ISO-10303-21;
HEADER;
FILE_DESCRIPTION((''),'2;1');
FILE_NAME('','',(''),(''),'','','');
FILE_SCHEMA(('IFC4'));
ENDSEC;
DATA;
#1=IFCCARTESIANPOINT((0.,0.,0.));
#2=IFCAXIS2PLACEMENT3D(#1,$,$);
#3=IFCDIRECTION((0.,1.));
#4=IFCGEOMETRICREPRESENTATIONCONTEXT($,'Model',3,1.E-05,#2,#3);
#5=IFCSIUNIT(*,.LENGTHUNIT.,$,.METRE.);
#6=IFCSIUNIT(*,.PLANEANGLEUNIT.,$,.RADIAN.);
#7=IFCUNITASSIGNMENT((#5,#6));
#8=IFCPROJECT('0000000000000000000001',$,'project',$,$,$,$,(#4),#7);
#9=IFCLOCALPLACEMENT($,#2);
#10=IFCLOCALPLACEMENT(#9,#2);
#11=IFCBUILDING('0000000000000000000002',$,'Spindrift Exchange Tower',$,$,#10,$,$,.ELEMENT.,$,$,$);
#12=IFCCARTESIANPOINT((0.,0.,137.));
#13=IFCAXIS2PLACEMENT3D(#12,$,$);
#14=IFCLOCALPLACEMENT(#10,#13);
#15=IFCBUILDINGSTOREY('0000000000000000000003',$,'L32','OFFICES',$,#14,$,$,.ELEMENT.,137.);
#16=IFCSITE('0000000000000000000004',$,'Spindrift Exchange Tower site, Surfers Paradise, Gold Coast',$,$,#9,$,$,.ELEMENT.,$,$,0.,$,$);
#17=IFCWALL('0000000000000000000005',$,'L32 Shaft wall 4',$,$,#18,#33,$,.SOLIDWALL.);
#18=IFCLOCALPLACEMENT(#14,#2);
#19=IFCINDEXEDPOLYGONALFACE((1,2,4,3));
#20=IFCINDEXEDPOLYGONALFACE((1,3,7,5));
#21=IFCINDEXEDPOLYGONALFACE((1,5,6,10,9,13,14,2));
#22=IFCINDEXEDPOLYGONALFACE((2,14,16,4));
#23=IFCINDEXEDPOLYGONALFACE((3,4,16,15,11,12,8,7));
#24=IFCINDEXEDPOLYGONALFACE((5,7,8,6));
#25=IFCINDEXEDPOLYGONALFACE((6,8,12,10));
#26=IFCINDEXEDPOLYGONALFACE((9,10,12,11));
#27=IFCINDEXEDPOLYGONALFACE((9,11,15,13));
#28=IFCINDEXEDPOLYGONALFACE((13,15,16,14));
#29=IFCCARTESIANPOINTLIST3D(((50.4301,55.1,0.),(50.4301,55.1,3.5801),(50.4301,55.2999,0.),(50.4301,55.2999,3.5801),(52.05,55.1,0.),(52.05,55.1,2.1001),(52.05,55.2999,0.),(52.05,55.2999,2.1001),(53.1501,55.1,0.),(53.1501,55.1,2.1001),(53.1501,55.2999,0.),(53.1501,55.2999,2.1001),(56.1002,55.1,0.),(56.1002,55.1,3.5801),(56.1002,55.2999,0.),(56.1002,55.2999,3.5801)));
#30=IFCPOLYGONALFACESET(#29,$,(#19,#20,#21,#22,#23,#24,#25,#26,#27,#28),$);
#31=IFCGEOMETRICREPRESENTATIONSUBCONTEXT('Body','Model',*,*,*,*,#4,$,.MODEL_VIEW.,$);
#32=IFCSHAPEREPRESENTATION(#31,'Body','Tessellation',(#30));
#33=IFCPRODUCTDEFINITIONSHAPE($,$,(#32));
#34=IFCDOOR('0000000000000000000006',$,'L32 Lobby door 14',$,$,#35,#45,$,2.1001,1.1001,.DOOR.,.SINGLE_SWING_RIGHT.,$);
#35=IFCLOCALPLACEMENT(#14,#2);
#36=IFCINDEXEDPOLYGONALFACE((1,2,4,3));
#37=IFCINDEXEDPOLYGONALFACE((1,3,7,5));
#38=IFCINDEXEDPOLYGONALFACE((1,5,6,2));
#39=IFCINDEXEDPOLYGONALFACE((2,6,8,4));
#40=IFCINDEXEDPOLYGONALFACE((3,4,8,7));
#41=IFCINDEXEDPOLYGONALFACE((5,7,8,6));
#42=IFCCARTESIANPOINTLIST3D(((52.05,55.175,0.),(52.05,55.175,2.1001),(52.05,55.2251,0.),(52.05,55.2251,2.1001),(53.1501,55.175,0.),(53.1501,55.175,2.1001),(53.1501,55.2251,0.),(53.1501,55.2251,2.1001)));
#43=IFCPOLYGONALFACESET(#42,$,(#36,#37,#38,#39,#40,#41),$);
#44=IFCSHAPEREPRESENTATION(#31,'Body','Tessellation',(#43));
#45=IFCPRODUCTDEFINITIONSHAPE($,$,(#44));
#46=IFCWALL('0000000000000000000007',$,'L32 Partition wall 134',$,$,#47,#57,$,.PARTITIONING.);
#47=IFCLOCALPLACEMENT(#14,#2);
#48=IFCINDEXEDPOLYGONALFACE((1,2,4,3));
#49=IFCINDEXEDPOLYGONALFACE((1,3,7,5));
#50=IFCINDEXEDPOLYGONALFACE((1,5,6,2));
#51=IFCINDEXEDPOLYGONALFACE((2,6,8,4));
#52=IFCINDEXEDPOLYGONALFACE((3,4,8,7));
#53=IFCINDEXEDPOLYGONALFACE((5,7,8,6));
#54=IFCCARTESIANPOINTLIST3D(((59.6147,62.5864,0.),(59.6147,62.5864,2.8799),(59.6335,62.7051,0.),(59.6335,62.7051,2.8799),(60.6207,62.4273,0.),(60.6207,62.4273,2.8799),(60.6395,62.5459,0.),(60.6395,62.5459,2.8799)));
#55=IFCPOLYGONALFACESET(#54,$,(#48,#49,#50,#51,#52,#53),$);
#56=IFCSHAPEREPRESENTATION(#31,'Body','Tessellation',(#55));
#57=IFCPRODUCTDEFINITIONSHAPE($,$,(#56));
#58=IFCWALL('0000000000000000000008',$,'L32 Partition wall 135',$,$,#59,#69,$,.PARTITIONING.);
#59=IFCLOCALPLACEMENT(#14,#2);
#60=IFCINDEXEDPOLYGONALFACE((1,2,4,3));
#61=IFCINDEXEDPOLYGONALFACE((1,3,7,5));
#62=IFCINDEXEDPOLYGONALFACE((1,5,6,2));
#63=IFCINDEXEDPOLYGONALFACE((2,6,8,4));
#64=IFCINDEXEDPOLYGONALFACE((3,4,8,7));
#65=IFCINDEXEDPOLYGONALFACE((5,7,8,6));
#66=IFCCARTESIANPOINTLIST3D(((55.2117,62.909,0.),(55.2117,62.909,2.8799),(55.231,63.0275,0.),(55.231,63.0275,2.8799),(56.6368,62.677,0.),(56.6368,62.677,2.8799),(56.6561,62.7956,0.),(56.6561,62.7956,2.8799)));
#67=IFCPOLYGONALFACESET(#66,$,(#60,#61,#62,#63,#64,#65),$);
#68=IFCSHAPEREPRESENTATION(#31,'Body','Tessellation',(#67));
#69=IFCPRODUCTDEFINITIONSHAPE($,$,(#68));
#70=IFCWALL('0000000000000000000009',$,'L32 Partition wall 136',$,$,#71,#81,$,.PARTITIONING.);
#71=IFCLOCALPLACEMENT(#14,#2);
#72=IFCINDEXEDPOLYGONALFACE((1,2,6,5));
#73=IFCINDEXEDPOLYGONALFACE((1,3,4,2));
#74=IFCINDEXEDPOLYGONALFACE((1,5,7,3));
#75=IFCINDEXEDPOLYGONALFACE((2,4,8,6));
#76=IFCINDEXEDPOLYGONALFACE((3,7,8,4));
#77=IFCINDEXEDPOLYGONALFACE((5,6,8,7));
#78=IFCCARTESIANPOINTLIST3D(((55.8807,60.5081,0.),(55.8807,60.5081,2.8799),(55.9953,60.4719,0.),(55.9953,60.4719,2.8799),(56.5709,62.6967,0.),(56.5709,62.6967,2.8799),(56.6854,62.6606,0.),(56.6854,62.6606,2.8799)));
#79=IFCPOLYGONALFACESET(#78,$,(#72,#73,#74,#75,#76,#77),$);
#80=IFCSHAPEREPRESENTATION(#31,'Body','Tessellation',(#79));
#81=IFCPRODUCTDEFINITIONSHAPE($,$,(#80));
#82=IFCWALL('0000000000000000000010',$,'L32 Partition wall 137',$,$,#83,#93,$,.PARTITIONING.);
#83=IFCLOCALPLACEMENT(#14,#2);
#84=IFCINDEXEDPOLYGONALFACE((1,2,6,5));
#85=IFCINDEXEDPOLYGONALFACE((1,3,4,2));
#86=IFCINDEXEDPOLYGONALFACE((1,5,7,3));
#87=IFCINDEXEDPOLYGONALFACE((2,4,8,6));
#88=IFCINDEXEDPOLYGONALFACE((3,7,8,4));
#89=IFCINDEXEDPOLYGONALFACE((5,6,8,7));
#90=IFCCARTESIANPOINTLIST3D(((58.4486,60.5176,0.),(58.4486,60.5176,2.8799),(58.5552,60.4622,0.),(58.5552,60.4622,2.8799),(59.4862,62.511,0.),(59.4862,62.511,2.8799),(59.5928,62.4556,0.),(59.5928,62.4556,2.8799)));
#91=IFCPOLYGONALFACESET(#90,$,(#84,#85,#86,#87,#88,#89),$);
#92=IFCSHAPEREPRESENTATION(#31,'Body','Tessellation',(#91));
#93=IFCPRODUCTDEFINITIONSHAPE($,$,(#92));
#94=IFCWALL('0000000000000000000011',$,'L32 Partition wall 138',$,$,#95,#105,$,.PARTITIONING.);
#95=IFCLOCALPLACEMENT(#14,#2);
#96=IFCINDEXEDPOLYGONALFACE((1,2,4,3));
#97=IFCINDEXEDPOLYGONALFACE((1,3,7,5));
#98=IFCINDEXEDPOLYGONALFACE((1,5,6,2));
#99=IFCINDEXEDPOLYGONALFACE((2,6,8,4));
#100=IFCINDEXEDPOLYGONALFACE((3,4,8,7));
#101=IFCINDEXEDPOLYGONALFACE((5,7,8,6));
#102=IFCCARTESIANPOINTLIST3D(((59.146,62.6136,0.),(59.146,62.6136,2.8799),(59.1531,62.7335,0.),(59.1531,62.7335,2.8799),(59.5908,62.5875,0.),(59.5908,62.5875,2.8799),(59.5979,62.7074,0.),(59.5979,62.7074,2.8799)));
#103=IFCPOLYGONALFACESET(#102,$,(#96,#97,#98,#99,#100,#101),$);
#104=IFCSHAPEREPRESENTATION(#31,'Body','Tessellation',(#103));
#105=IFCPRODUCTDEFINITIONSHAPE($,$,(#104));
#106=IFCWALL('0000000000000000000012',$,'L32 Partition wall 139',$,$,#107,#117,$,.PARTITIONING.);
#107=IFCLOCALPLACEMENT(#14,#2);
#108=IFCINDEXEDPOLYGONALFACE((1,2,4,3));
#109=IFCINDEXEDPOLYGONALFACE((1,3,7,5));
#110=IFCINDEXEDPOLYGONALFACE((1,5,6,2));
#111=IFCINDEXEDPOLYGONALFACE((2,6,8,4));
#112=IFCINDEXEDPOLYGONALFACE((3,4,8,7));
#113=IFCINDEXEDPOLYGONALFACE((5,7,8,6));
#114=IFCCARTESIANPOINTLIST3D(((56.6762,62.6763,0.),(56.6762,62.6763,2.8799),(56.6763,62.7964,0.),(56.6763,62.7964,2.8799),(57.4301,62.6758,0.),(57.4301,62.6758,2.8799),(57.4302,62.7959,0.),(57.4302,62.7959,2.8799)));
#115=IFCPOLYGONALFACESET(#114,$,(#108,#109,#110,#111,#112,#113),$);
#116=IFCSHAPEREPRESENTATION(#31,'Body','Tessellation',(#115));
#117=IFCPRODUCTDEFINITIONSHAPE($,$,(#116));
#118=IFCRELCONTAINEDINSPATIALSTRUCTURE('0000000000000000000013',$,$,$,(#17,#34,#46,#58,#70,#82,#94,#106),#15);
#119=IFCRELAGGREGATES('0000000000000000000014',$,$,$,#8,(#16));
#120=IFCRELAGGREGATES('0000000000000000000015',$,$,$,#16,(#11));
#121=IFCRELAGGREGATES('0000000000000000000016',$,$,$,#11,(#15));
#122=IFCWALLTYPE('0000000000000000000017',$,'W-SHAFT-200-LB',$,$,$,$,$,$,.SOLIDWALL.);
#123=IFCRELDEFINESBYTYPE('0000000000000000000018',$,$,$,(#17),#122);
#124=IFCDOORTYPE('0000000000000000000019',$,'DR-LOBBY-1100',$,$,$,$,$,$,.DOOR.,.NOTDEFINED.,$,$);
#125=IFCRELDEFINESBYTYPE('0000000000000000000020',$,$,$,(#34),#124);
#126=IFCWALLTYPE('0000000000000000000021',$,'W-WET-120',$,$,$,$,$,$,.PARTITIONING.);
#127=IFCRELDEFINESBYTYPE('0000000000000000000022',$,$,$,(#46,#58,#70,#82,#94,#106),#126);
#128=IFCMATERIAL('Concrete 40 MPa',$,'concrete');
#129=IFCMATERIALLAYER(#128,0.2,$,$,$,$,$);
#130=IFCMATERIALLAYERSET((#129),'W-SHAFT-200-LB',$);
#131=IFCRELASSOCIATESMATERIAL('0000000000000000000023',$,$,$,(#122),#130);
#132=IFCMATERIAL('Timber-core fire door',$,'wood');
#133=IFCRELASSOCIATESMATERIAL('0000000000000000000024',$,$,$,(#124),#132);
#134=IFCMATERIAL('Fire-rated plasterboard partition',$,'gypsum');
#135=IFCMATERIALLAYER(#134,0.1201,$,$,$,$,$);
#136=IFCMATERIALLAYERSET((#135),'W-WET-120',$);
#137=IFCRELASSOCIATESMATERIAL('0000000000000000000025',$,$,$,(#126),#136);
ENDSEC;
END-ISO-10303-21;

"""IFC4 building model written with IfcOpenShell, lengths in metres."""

from ifc_helpers import new_model, si_unit, direction, frame, frame_2d, origin, place, context, subcontext, project, spatial, rectangle, extrude, source, transform, mapped, material, layer, layer_set, type_object, element, fill, save


model = new_model("IFC4")

# Units and contexts
model_context = context("Model", 3, precision=1e-05, world=origin(), true_north=direction((0.0, 1.0)))
body_context = subcontext(model_context, "Body", "Model", "MODEL_VIEW")
ifc_project = project(units=[si_unit("LENGTHUNIT", "METRE"), si_unit("PLANEANGLEUNIT", "RADIAN")], contexts=[model_context])

# Site, building, storey
site_placement = place(None, origin())
site = spatial("IfcSite", under=ifc_project, at=site_placement, Name="Spindrift Exchange Tower site, Surfers Paradise, Gold Coast", CompositionType="ELEMENT", RefElevation=0.0)
building_placement = place(site_placement, origin())
building = spatial("IfcBuilding", under=site, at=building_placement, Name="Spindrift Exchange Tower", CompositionType="ELEMENT")
storey_placement = place(building_placement, frame((0.0, 0.0, 137.0)))
storey = spatial("IfcBuildingStorey", under=building, at=storey_placement, Name="L32", Description="OFFICES", CompositionType="ELEMENT", Elevation=137.0)

# Shared definitions
ifc_material_1 = material(Name="Fire-rated plasterboard partition", Category="gypsum")

# Shared definitions
ifc_material_2 = material(Name="Concrete 40 MPa", Category="concrete")

# Wall, opening, door
ifc_layer_1 = layer(ifc_material_2, 0.2)
ifc_layer_set_1 = layer_set([ifc_layer_1], Name="W-SHAFT-200-LB")
wall_type_1 = type_object("IfcWallType", Name="W-SHAFT-200-LB", PredefinedType="SOLIDWALL", material=ifc_layer_set_1)
wall_1_placement = place(storey_placement, frame((56.1001, 55.2, 0.0), z_axis=(0.0, 0.0, 1.0), x_axis=(-1.0, 0.0, 0.0)))
wall_1 = element("IfcWall", 1, at=wall_1_placement, inside=storey, type_object=wall_type_1, Name="L32 Shaft wall 4", PredefinedType="SOLIDWALL", context=body_context, shape_type="SweptSolid", body=[
    extrude(rectangle(XDim=5.6702, YDim=0.2, at=frame_2d((2.835, 0.0))), origin(), (0.0, 0.0, 1.0), 3.5801),
])
opening_1_placement = place(wall_1_placement, frame((2.95, 0.0, 0.0)))
opening_1 = element("IfcOpeningElement", 2, at=opening_1_placement, cuts=wall_1, PredefinedType="OPENING", context=body_context, shape_type="SweptSolid", body=[
    extrude(rectangle(XDim=1.1001, YDim=2.1001, at=frame_2d((0.55, 1.05))), frame((0.0, 0.1099, 0.0), z_axis=(0.0, -1.0, 0.0), x_axis=(1.0, 0.0, 0.0)), (0.0, 0.0, 1.0), 0.22),
])
ifc_material_3 = material(Name="Timber-core fire door", Category="wood")
door_type_1 = type_object("IfcDoorType", Name="DR-LOBBY-1100", OperationType="NOTDEFINED", PredefinedType="DOOR", material=ifc_material_3)
shared_shape_1 = source(origin(), body_context, "Body", "SweptSolid", [
    extrude(rectangle(XDim=1.1001, YDim=2.1001, at=frame_2d((0.55, 1.05))), frame((0.0, 0.0249, 0.0), z_axis=(0.0, -1.0, 0.0), x_axis=(1.0, 0.0, 0.0)), (0.0, 0.0, 1.0), 0.05),
])
door_1_placement = place(opening_1_placement, origin())
door_1 = element("IfcDoor", 3, at=door_1_placement, inside=storey, type_object=door_type_1, Name="L32 Lobby door 14", OperationType="SINGLE_SWING_RIGHT", OverallHeight=2.1001, OverallWidth=1.1001, PredefinedType="DOOR", context=body_context, shape_type="MappedRepresentation", body=[
    mapped(shared_shape_1, transform((0.0, 0.0, 0.0), scale=1.0)),
])
fill(opening_1, door_1)

# Walls
ifc_layer_2 = layer(ifc_material_1, 0.1201)
ifc_layer_set_2 = layer_set([ifc_layer_2], Name="W-WET-120")
wall_type_2 = type_object("IfcWallType", Name="W-WET-120", PredefinedType="PARTITIONING", material=ifc_layer_set_2)
wall_2_placement = place(storey_placement, frame((60.6301, 62.4866, 0.0), z_axis=(0.0, 0.0, 1.0), x_axis=(-0.987714, 0.15627, 0.0)))
element("IfcWall", 4, at=wall_2_placement, inside=storey, type_object=wall_type_2, Name="L32 Partition wall 134", PredefinedType="PARTITIONING", context=body_context, shape_type="SweptSolid", body=[
    extrude(rectangle(XDim=1.0186, YDim=0.1201, at=frame_2d((0.5093, 0.0))), origin(), (0.0, 0.0, 1.0), 2.8799),
])
wall_3_placement = place(storey_placement, frame((56.6465, 62.7363, 0.0), z_axis=(0.0, 0.0, 1.0), x_axis=(-0.987013, 0.160641, 0.0)))
element("IfcWall", 5, at=wall_3_placement, inside=storey, type_object=wall_type_2, Name="L32 Partition wall 135", PredefinedType="PARTITIONING", context=body_context, shape_type="SweptSolid", body=[
    extrude(rectangle(XDim=1.4438, YDim=0.1201, at=frame_2d((0.7219, 0.0))), origin(), (0.0, 0.0, 1.0), 2.8799),
])
wall_4_placement = place(storey_placement, frame((55.938, 60.49, 0.0), z_axis=(0.0, 0.0, 1.0), x_axis=(0.300739, 0.953706, 0.0)))
element("IfcWall", 6, at=wall_4_placement, inside=storey, type_object=wall_type_2, Name="L32 Partition wall 136", PredefinedType="PARTITIONING", context=body_context, shape_type="SweptSolid", body=[
    extrude(rectangle(XDim=2.2949, YDim=0.1201, at=frame_2d((1.1475, 0.0))), origin(), (0.0, 0.0, 1.0), 2.8799),
])
wall_5_placement = place(storey_placement, frame((58.502, 60.49, 0.0), z_axis=(0.0, 0.0, 1.0), x_axis=(0.461712, 0.88703, 0.0)))
element("IfcWall", 7, at=wall_5_placement, inside=storey, type_object=wall_type_2, Name="L32 Partition wall 137", PredefinedType="PARTITIONING", context=body_context, shape_type="SweptSolid", body=[
    extrude(rectangle(XDim=2.2473, YDim=0.1201, at=frame_2d((1.1235, 0.0))), origin(), (0.0, 0.0, 1.0), 2.8799),
])
wall_6_placement = place(storey_placement, frame((59.5942, 62.6475, 0.0), z_axis=(0.0, 0.0, 1.0), x_axis=(-0.99828, 0.058626, 0.0)))
element("IfcWall", 8, at=wall_6_placement, inside=storey, type_object=wall_type_2, Name="L32 Partition wall 138", PredefinedType="PARTITIONING", context=body_context, shape_type="SweptSolid", body=[
    extrude(rectangle(XDim=0.4456, YDim=0.1201, at=frame_2d((0.2227, 0.0))), origin(), (0.0, 0.0, 1.0), 2.8799),
])
wall_7_placement = place(storey_placement, frame((57.4302, 62.7358, 0.0), z_axis=(0.0, 0.0, 1.0), x_axis=(-1.0, 0.000648, 0.0)))
element("IfcWall", 9, at=wall_7_placement, inside=storey, type_object=wall_type_2, Name="L32 Partition wall 139", PredefinedType="PARTITIONING", context=body_context, shape_type="SweptSolid", body=[
    extrude(rectangle(XDim=0.7539, YDim=0.1201, at=frame_2d((0.377, 0.0))), origin(), (0.0, 0.0, 1.0), 2.8799),
])

save(model, "model.ifc")
